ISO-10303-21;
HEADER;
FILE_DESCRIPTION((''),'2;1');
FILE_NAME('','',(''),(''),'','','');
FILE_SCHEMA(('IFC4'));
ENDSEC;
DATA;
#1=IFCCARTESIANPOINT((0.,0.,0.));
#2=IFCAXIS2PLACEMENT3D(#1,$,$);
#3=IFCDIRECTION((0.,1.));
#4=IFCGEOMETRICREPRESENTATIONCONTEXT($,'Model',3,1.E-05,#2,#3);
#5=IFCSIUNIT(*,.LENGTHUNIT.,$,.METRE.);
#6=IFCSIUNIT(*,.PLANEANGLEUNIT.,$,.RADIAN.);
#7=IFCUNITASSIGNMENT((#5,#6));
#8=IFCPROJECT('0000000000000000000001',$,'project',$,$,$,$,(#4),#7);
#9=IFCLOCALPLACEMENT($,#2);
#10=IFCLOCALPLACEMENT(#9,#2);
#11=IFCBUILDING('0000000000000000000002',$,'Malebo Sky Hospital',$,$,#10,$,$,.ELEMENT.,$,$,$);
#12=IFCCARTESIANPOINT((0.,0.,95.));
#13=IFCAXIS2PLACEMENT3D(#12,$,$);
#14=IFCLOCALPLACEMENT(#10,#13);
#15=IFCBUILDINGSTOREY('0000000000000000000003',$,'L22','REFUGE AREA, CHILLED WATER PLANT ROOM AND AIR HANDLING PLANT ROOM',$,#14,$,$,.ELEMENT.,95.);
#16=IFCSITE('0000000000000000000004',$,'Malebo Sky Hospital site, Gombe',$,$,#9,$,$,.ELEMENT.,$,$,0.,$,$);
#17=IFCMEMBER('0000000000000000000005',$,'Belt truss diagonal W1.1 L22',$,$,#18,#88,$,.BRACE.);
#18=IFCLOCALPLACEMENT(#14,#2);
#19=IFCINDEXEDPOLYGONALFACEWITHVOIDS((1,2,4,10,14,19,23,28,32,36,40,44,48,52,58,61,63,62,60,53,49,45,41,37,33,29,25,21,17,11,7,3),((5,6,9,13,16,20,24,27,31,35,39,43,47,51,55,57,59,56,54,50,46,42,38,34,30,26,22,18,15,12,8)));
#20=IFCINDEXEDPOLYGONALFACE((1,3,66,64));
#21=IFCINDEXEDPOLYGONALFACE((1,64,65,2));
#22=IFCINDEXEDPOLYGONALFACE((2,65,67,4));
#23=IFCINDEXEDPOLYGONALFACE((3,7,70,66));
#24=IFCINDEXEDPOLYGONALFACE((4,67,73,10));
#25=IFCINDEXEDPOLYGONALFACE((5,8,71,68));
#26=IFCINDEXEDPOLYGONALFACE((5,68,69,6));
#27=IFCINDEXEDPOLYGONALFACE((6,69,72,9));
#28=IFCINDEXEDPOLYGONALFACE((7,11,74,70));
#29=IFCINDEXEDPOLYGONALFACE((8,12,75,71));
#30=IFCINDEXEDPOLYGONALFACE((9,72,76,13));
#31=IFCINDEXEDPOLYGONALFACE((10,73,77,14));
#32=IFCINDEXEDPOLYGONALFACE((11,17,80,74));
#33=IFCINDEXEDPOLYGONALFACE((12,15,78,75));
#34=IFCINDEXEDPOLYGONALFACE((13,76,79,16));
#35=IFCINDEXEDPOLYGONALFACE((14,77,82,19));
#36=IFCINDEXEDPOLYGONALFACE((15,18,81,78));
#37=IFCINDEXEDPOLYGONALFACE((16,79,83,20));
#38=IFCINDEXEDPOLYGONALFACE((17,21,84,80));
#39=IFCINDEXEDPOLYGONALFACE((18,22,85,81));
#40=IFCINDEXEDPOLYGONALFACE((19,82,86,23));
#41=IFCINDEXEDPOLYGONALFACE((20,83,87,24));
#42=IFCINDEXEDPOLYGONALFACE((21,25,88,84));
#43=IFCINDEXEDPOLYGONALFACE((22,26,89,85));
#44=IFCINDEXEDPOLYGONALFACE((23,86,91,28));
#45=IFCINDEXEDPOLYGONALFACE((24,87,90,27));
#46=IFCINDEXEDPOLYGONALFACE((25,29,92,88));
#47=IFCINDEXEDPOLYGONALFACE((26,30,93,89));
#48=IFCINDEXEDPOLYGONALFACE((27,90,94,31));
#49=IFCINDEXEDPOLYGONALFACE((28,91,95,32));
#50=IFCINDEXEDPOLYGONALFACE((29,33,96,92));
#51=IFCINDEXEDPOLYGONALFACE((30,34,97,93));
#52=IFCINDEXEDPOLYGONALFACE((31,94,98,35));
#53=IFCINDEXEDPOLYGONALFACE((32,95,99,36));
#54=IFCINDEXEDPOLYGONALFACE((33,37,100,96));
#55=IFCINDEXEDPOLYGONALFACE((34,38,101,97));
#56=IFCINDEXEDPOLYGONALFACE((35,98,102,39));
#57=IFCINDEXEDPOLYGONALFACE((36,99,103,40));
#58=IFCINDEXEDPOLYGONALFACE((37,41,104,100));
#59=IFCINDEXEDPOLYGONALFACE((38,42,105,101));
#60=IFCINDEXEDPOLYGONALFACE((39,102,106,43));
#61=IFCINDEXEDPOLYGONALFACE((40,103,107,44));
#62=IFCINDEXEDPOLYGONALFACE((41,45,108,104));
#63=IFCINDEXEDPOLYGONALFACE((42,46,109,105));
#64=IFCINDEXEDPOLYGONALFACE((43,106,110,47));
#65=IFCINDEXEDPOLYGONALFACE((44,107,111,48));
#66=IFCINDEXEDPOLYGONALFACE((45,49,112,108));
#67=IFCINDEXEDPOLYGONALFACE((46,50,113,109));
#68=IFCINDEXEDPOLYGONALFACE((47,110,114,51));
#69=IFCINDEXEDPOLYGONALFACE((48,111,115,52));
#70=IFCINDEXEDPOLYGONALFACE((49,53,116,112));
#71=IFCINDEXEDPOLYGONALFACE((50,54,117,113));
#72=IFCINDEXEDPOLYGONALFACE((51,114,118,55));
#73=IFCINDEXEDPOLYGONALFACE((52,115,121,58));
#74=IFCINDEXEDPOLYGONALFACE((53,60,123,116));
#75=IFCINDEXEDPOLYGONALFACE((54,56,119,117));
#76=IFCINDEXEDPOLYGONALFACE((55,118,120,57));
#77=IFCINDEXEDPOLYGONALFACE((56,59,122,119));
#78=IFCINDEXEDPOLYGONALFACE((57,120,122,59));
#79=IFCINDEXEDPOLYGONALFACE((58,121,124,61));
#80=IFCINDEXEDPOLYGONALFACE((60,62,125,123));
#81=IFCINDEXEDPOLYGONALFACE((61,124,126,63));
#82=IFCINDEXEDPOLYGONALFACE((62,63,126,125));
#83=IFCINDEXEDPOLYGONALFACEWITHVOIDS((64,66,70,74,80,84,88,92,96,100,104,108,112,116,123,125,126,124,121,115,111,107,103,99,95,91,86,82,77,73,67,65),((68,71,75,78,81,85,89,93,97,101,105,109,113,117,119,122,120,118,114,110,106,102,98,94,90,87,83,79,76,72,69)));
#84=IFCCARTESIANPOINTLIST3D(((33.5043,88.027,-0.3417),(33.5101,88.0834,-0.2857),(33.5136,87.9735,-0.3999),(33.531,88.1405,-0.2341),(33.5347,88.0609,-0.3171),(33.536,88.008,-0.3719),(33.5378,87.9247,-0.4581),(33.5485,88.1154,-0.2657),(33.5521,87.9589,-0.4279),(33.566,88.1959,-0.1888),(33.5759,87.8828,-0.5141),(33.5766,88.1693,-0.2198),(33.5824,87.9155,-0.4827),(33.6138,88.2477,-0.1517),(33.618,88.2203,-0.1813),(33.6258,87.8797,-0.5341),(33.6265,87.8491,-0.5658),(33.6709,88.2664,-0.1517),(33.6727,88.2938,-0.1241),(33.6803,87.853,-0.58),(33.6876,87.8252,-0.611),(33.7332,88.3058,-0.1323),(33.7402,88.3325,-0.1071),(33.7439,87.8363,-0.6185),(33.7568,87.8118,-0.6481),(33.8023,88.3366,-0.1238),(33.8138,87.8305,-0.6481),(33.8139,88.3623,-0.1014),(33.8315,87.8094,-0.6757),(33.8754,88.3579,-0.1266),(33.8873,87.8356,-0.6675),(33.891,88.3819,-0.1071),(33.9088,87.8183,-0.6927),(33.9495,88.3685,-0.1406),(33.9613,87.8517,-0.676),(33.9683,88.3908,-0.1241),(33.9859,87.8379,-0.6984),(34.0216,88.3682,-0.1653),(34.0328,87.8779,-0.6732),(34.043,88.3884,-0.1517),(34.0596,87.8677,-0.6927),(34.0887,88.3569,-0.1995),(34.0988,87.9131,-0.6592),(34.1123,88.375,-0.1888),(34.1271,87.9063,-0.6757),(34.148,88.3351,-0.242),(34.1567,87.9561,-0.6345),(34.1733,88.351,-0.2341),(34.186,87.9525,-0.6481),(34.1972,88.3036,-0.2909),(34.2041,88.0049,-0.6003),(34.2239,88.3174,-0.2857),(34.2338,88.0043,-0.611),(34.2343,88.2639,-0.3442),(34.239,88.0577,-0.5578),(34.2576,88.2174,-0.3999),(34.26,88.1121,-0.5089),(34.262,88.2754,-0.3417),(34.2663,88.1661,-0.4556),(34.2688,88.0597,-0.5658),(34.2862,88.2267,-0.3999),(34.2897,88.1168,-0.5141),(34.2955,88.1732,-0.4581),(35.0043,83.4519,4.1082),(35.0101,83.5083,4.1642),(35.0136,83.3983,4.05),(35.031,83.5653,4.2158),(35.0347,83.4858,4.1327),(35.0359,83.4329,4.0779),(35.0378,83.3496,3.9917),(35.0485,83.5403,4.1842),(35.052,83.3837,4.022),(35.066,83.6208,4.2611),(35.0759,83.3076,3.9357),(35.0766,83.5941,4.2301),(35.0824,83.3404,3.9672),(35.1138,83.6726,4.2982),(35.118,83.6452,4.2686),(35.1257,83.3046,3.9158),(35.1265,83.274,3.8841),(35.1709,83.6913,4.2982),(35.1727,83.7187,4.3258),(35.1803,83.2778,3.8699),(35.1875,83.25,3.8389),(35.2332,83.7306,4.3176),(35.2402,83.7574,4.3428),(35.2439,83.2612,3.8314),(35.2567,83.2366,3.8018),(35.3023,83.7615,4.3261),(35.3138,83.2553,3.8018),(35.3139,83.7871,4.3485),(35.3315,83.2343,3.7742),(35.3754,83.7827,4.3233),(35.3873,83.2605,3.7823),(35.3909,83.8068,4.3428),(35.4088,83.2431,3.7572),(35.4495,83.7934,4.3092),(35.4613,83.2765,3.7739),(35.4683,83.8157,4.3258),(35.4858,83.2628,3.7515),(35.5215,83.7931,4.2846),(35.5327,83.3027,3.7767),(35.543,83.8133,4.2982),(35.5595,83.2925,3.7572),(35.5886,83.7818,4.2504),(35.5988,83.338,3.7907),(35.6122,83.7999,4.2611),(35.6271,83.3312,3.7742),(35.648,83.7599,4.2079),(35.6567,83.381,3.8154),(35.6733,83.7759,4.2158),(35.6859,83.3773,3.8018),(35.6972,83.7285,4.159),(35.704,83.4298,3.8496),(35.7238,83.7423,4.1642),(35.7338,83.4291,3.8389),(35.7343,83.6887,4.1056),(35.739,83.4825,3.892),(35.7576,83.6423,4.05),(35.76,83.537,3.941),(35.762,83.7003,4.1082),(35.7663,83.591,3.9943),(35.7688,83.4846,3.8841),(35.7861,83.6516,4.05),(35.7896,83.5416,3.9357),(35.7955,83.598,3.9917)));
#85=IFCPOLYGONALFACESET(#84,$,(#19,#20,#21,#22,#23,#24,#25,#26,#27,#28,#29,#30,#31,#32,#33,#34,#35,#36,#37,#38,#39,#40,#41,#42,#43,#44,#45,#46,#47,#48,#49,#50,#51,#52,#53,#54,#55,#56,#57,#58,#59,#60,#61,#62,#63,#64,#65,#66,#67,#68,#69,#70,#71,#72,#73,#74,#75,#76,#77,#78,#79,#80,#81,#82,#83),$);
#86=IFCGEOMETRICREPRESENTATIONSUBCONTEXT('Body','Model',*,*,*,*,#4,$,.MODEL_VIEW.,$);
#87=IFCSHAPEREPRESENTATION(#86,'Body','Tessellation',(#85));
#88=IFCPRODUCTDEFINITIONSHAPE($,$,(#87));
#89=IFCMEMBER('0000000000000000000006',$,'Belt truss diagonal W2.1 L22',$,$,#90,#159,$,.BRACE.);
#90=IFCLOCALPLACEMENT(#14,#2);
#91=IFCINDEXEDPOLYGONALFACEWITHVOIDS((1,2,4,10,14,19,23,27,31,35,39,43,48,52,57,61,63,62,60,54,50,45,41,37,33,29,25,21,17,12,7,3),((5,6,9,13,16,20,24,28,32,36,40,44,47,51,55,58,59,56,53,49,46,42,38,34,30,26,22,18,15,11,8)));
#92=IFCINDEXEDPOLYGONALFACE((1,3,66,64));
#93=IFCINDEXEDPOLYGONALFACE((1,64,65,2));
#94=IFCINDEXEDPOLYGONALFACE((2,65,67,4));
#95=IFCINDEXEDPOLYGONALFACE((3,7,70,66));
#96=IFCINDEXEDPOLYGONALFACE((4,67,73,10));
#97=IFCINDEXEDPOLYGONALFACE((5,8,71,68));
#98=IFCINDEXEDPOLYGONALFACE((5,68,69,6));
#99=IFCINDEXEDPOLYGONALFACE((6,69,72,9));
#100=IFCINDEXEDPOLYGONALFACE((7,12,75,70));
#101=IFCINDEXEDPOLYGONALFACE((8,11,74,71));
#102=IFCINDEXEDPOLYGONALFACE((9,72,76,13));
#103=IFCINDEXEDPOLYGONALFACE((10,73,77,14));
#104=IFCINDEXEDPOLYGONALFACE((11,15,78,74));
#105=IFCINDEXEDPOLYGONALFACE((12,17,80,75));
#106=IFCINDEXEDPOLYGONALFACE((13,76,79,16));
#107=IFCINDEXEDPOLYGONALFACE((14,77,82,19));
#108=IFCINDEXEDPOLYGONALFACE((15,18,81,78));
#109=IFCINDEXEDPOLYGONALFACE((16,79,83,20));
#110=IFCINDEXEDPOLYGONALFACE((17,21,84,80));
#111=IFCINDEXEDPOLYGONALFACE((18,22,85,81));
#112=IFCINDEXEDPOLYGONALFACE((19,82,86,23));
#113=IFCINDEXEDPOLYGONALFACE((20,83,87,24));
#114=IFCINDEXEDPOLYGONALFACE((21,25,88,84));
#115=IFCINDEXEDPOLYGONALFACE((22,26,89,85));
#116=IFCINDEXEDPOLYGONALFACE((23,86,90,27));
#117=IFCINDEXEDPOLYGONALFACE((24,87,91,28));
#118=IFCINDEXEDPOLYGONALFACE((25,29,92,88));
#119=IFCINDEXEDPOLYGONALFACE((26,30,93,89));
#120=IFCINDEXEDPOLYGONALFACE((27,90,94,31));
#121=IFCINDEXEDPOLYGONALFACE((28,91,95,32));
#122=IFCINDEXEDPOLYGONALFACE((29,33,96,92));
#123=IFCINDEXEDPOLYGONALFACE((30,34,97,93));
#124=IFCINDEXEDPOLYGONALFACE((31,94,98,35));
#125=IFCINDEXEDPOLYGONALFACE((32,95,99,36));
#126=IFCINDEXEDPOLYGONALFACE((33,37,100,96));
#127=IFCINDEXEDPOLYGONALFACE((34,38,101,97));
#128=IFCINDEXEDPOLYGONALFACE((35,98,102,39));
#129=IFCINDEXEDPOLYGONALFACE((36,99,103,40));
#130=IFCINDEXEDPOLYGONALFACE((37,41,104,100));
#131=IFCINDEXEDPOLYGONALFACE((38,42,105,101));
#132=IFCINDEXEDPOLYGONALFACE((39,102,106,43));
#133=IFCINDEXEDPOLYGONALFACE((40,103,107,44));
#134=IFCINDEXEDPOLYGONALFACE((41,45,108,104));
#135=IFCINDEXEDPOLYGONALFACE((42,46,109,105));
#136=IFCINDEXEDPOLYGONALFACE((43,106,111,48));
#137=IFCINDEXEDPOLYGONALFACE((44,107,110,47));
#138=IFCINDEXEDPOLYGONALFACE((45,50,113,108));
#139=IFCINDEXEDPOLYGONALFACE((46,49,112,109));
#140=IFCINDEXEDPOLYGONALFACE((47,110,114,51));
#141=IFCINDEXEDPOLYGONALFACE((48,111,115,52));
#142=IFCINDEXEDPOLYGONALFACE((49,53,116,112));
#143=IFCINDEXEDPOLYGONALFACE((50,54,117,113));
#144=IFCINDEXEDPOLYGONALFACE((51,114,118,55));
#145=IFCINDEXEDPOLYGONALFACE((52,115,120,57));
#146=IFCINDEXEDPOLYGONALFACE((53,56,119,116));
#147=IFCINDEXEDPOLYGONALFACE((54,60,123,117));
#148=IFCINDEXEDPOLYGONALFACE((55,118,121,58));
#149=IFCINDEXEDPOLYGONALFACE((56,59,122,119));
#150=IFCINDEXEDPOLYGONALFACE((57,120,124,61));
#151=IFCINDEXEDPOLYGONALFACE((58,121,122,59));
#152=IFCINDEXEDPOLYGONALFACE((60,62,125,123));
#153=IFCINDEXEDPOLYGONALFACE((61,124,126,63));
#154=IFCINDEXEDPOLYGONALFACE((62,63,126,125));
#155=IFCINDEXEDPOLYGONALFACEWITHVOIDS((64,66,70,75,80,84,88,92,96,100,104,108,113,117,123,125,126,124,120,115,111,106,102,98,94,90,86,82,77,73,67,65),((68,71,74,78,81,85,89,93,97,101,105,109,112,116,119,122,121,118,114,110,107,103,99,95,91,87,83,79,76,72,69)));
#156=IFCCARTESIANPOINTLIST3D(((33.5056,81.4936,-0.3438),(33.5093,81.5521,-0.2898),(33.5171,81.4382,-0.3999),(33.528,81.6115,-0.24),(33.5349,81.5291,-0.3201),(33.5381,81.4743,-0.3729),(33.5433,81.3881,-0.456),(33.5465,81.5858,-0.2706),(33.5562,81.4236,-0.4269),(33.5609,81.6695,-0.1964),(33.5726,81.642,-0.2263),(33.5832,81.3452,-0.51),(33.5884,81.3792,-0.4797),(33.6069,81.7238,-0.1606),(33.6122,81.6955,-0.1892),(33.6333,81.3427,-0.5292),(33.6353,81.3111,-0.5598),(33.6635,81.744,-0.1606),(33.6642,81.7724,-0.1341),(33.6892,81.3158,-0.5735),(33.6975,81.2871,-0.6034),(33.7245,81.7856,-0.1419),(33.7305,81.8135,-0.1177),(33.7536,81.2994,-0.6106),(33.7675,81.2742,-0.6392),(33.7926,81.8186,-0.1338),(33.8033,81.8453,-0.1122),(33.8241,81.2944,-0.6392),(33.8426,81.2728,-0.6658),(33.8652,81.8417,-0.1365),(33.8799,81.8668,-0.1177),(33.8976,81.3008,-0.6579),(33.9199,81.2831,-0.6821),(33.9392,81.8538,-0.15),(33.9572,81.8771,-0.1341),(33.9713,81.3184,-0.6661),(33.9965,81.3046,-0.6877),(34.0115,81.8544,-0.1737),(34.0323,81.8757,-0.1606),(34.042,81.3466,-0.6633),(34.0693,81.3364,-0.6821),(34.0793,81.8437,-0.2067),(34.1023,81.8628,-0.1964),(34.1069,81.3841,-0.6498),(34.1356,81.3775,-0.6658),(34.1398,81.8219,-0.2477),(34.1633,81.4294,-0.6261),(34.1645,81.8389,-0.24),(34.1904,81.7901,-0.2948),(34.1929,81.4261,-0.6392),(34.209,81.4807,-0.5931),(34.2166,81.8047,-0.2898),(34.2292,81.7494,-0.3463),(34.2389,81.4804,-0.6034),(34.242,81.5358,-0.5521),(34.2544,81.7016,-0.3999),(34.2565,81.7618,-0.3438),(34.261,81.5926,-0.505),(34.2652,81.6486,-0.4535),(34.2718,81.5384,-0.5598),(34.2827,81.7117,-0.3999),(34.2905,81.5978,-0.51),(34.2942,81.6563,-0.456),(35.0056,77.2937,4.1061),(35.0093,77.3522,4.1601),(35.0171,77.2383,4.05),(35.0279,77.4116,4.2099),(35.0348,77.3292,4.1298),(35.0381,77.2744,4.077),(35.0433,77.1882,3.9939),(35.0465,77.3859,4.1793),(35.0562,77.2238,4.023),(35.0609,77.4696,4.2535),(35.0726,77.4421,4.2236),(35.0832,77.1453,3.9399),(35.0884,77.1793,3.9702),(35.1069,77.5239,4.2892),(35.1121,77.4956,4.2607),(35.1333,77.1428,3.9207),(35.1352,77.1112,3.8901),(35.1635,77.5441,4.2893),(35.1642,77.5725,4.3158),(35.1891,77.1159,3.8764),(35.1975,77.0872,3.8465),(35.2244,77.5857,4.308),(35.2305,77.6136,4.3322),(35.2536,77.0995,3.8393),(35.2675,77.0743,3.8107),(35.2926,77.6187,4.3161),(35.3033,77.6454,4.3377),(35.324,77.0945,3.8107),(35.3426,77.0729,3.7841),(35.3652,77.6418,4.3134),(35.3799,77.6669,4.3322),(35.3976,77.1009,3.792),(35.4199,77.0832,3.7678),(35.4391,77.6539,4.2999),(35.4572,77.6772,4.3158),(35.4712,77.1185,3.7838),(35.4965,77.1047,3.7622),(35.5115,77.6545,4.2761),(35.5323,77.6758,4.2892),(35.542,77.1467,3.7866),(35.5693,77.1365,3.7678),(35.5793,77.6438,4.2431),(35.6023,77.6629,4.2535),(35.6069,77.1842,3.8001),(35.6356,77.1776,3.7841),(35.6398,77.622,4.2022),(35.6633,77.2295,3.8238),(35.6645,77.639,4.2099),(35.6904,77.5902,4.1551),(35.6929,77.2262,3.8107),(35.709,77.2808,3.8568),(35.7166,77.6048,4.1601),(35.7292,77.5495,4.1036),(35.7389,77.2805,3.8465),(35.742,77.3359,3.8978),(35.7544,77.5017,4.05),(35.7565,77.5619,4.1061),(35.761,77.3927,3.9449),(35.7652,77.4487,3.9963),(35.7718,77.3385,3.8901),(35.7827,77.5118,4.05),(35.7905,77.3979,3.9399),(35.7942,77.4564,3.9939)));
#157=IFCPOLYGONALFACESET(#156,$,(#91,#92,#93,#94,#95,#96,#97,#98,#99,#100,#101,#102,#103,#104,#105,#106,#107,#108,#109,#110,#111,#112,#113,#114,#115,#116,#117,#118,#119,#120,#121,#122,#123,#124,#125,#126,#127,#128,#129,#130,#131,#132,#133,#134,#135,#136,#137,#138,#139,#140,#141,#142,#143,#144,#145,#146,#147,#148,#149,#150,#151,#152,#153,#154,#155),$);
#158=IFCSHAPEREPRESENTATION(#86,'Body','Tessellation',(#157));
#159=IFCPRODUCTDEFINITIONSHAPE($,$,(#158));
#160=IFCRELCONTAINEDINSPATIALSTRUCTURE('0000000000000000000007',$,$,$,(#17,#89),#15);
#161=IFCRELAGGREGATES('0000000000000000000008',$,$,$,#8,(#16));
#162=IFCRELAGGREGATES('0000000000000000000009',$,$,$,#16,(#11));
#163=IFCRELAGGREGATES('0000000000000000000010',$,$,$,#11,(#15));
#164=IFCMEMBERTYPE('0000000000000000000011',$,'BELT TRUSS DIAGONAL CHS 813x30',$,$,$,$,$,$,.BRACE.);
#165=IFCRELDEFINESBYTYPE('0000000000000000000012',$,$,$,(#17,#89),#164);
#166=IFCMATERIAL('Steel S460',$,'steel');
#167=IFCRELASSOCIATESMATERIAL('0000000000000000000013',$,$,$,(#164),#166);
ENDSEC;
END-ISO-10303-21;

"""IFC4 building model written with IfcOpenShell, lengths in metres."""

from ifc_helpers import new_model, si_unit, direction, frame, origin, origin_2d, place, context, subcontext, project, spatial, hollow_circle, extrude, material, material_profile, profile_set, type_object, element, save


model = new_model("IFC4")

# Units and contexts
model_context = context("Model", 3, precision=1e-05, world=origin(), true_north=direction((0.0, 1.0)))
body_context = subcontext(model_context, "Body", "Model", "MODEL_VIEW")
ifc_project = project(units=[si_unit("LENGTHUNIT", "METRE"), si_unit("PLANEANGLEUNIT", "RADIAN")], contexts=[model_context])

# Site, building, storey
site_placement = place(None, origin())
site = spatial("IfcSite", under=ifc_project, at=site_placement, Name="Malebo Sky Hospital site, Gombe", CompositionType="ELEMENT", RefElevation=0.0)
building_placement = place(site_placement, origin())
building = spatial("IfcBuilding", under=site, at=building_placement, Name="Malebo Sky Hospital", CompositionType="ELEMENT")
storey_placement = place(building_placement, frame((0.0, 0.0, 95.0)))
storey = spatial("IfcBuildingStorey", under=building, at=storey_placement, Name="L22", Description="REFUGE AREA, CHILLED WATER PLANT ROOM AND AIR HANDLING PLANT ROOM", CompositionType="ELEMENT", Elevation=95.0)

# Members
ifc_material_1 = material(Name="Steel S460", Category="steel")
ifc_material_profile_1 = material_profile(ifc_material_1, hollow_circle(Radius=0.4065, WallThickness=0.03, at=origin_2d()), Name="CHS 813x30")
ifc_profile_set_1 = profile_set([ifc_material_profile_1], Name="Steel S460")
member_type_1 = type_object("IfcMemberType", Name="BELT TRUSS DIAGONAL CHS 813x30", PredefinedType="BRACE", material=ifc_profile_set_1)
member_1_placement = place(storey_placement, frame((33.8999, 88.1001, -0.3999), z_axis=(0.228789, -0.697837, 0.678734), x_axis=(0.950233, 0.311539, 0.0)))
element("IfcMember", 1, at=member_1_placement, inside=storey, type_object=member_type_1, Name="Belt truss diagonal W1.1 L22", PredefinedType="BRACE", context=body_context, shape_type="SweptSolid", body=[
    extrude(hollow_circle(Radius=0.4065, WallThickness=0.03, at=origin_2d()), origin(), (0.0, 0.0, 1.0), 6.5562),
])
member_2_placement = place(storey_placement, frame((33.8999, 81.575, -0.3999), z_axis=(0.23809, -0.666645, 0.706327), x_axis=(0.941741, 0.33634, 0.0)))
element("IfcMember", 2, at=member_2_placement, inside=storey, type_object=member_type_1, Name="Belt truss diagonal W2.1 L22", PredefinedType="BRACE", context=body_context, shape_type="SweptSolid", body=[
    extrude(hollow_circle(Radius=0.4065, WallThickness=0.03, at=origin_2d()), origin(), (0.0, 0.0, 1.0), 6.3),
])

save(model, "model.ifc")
